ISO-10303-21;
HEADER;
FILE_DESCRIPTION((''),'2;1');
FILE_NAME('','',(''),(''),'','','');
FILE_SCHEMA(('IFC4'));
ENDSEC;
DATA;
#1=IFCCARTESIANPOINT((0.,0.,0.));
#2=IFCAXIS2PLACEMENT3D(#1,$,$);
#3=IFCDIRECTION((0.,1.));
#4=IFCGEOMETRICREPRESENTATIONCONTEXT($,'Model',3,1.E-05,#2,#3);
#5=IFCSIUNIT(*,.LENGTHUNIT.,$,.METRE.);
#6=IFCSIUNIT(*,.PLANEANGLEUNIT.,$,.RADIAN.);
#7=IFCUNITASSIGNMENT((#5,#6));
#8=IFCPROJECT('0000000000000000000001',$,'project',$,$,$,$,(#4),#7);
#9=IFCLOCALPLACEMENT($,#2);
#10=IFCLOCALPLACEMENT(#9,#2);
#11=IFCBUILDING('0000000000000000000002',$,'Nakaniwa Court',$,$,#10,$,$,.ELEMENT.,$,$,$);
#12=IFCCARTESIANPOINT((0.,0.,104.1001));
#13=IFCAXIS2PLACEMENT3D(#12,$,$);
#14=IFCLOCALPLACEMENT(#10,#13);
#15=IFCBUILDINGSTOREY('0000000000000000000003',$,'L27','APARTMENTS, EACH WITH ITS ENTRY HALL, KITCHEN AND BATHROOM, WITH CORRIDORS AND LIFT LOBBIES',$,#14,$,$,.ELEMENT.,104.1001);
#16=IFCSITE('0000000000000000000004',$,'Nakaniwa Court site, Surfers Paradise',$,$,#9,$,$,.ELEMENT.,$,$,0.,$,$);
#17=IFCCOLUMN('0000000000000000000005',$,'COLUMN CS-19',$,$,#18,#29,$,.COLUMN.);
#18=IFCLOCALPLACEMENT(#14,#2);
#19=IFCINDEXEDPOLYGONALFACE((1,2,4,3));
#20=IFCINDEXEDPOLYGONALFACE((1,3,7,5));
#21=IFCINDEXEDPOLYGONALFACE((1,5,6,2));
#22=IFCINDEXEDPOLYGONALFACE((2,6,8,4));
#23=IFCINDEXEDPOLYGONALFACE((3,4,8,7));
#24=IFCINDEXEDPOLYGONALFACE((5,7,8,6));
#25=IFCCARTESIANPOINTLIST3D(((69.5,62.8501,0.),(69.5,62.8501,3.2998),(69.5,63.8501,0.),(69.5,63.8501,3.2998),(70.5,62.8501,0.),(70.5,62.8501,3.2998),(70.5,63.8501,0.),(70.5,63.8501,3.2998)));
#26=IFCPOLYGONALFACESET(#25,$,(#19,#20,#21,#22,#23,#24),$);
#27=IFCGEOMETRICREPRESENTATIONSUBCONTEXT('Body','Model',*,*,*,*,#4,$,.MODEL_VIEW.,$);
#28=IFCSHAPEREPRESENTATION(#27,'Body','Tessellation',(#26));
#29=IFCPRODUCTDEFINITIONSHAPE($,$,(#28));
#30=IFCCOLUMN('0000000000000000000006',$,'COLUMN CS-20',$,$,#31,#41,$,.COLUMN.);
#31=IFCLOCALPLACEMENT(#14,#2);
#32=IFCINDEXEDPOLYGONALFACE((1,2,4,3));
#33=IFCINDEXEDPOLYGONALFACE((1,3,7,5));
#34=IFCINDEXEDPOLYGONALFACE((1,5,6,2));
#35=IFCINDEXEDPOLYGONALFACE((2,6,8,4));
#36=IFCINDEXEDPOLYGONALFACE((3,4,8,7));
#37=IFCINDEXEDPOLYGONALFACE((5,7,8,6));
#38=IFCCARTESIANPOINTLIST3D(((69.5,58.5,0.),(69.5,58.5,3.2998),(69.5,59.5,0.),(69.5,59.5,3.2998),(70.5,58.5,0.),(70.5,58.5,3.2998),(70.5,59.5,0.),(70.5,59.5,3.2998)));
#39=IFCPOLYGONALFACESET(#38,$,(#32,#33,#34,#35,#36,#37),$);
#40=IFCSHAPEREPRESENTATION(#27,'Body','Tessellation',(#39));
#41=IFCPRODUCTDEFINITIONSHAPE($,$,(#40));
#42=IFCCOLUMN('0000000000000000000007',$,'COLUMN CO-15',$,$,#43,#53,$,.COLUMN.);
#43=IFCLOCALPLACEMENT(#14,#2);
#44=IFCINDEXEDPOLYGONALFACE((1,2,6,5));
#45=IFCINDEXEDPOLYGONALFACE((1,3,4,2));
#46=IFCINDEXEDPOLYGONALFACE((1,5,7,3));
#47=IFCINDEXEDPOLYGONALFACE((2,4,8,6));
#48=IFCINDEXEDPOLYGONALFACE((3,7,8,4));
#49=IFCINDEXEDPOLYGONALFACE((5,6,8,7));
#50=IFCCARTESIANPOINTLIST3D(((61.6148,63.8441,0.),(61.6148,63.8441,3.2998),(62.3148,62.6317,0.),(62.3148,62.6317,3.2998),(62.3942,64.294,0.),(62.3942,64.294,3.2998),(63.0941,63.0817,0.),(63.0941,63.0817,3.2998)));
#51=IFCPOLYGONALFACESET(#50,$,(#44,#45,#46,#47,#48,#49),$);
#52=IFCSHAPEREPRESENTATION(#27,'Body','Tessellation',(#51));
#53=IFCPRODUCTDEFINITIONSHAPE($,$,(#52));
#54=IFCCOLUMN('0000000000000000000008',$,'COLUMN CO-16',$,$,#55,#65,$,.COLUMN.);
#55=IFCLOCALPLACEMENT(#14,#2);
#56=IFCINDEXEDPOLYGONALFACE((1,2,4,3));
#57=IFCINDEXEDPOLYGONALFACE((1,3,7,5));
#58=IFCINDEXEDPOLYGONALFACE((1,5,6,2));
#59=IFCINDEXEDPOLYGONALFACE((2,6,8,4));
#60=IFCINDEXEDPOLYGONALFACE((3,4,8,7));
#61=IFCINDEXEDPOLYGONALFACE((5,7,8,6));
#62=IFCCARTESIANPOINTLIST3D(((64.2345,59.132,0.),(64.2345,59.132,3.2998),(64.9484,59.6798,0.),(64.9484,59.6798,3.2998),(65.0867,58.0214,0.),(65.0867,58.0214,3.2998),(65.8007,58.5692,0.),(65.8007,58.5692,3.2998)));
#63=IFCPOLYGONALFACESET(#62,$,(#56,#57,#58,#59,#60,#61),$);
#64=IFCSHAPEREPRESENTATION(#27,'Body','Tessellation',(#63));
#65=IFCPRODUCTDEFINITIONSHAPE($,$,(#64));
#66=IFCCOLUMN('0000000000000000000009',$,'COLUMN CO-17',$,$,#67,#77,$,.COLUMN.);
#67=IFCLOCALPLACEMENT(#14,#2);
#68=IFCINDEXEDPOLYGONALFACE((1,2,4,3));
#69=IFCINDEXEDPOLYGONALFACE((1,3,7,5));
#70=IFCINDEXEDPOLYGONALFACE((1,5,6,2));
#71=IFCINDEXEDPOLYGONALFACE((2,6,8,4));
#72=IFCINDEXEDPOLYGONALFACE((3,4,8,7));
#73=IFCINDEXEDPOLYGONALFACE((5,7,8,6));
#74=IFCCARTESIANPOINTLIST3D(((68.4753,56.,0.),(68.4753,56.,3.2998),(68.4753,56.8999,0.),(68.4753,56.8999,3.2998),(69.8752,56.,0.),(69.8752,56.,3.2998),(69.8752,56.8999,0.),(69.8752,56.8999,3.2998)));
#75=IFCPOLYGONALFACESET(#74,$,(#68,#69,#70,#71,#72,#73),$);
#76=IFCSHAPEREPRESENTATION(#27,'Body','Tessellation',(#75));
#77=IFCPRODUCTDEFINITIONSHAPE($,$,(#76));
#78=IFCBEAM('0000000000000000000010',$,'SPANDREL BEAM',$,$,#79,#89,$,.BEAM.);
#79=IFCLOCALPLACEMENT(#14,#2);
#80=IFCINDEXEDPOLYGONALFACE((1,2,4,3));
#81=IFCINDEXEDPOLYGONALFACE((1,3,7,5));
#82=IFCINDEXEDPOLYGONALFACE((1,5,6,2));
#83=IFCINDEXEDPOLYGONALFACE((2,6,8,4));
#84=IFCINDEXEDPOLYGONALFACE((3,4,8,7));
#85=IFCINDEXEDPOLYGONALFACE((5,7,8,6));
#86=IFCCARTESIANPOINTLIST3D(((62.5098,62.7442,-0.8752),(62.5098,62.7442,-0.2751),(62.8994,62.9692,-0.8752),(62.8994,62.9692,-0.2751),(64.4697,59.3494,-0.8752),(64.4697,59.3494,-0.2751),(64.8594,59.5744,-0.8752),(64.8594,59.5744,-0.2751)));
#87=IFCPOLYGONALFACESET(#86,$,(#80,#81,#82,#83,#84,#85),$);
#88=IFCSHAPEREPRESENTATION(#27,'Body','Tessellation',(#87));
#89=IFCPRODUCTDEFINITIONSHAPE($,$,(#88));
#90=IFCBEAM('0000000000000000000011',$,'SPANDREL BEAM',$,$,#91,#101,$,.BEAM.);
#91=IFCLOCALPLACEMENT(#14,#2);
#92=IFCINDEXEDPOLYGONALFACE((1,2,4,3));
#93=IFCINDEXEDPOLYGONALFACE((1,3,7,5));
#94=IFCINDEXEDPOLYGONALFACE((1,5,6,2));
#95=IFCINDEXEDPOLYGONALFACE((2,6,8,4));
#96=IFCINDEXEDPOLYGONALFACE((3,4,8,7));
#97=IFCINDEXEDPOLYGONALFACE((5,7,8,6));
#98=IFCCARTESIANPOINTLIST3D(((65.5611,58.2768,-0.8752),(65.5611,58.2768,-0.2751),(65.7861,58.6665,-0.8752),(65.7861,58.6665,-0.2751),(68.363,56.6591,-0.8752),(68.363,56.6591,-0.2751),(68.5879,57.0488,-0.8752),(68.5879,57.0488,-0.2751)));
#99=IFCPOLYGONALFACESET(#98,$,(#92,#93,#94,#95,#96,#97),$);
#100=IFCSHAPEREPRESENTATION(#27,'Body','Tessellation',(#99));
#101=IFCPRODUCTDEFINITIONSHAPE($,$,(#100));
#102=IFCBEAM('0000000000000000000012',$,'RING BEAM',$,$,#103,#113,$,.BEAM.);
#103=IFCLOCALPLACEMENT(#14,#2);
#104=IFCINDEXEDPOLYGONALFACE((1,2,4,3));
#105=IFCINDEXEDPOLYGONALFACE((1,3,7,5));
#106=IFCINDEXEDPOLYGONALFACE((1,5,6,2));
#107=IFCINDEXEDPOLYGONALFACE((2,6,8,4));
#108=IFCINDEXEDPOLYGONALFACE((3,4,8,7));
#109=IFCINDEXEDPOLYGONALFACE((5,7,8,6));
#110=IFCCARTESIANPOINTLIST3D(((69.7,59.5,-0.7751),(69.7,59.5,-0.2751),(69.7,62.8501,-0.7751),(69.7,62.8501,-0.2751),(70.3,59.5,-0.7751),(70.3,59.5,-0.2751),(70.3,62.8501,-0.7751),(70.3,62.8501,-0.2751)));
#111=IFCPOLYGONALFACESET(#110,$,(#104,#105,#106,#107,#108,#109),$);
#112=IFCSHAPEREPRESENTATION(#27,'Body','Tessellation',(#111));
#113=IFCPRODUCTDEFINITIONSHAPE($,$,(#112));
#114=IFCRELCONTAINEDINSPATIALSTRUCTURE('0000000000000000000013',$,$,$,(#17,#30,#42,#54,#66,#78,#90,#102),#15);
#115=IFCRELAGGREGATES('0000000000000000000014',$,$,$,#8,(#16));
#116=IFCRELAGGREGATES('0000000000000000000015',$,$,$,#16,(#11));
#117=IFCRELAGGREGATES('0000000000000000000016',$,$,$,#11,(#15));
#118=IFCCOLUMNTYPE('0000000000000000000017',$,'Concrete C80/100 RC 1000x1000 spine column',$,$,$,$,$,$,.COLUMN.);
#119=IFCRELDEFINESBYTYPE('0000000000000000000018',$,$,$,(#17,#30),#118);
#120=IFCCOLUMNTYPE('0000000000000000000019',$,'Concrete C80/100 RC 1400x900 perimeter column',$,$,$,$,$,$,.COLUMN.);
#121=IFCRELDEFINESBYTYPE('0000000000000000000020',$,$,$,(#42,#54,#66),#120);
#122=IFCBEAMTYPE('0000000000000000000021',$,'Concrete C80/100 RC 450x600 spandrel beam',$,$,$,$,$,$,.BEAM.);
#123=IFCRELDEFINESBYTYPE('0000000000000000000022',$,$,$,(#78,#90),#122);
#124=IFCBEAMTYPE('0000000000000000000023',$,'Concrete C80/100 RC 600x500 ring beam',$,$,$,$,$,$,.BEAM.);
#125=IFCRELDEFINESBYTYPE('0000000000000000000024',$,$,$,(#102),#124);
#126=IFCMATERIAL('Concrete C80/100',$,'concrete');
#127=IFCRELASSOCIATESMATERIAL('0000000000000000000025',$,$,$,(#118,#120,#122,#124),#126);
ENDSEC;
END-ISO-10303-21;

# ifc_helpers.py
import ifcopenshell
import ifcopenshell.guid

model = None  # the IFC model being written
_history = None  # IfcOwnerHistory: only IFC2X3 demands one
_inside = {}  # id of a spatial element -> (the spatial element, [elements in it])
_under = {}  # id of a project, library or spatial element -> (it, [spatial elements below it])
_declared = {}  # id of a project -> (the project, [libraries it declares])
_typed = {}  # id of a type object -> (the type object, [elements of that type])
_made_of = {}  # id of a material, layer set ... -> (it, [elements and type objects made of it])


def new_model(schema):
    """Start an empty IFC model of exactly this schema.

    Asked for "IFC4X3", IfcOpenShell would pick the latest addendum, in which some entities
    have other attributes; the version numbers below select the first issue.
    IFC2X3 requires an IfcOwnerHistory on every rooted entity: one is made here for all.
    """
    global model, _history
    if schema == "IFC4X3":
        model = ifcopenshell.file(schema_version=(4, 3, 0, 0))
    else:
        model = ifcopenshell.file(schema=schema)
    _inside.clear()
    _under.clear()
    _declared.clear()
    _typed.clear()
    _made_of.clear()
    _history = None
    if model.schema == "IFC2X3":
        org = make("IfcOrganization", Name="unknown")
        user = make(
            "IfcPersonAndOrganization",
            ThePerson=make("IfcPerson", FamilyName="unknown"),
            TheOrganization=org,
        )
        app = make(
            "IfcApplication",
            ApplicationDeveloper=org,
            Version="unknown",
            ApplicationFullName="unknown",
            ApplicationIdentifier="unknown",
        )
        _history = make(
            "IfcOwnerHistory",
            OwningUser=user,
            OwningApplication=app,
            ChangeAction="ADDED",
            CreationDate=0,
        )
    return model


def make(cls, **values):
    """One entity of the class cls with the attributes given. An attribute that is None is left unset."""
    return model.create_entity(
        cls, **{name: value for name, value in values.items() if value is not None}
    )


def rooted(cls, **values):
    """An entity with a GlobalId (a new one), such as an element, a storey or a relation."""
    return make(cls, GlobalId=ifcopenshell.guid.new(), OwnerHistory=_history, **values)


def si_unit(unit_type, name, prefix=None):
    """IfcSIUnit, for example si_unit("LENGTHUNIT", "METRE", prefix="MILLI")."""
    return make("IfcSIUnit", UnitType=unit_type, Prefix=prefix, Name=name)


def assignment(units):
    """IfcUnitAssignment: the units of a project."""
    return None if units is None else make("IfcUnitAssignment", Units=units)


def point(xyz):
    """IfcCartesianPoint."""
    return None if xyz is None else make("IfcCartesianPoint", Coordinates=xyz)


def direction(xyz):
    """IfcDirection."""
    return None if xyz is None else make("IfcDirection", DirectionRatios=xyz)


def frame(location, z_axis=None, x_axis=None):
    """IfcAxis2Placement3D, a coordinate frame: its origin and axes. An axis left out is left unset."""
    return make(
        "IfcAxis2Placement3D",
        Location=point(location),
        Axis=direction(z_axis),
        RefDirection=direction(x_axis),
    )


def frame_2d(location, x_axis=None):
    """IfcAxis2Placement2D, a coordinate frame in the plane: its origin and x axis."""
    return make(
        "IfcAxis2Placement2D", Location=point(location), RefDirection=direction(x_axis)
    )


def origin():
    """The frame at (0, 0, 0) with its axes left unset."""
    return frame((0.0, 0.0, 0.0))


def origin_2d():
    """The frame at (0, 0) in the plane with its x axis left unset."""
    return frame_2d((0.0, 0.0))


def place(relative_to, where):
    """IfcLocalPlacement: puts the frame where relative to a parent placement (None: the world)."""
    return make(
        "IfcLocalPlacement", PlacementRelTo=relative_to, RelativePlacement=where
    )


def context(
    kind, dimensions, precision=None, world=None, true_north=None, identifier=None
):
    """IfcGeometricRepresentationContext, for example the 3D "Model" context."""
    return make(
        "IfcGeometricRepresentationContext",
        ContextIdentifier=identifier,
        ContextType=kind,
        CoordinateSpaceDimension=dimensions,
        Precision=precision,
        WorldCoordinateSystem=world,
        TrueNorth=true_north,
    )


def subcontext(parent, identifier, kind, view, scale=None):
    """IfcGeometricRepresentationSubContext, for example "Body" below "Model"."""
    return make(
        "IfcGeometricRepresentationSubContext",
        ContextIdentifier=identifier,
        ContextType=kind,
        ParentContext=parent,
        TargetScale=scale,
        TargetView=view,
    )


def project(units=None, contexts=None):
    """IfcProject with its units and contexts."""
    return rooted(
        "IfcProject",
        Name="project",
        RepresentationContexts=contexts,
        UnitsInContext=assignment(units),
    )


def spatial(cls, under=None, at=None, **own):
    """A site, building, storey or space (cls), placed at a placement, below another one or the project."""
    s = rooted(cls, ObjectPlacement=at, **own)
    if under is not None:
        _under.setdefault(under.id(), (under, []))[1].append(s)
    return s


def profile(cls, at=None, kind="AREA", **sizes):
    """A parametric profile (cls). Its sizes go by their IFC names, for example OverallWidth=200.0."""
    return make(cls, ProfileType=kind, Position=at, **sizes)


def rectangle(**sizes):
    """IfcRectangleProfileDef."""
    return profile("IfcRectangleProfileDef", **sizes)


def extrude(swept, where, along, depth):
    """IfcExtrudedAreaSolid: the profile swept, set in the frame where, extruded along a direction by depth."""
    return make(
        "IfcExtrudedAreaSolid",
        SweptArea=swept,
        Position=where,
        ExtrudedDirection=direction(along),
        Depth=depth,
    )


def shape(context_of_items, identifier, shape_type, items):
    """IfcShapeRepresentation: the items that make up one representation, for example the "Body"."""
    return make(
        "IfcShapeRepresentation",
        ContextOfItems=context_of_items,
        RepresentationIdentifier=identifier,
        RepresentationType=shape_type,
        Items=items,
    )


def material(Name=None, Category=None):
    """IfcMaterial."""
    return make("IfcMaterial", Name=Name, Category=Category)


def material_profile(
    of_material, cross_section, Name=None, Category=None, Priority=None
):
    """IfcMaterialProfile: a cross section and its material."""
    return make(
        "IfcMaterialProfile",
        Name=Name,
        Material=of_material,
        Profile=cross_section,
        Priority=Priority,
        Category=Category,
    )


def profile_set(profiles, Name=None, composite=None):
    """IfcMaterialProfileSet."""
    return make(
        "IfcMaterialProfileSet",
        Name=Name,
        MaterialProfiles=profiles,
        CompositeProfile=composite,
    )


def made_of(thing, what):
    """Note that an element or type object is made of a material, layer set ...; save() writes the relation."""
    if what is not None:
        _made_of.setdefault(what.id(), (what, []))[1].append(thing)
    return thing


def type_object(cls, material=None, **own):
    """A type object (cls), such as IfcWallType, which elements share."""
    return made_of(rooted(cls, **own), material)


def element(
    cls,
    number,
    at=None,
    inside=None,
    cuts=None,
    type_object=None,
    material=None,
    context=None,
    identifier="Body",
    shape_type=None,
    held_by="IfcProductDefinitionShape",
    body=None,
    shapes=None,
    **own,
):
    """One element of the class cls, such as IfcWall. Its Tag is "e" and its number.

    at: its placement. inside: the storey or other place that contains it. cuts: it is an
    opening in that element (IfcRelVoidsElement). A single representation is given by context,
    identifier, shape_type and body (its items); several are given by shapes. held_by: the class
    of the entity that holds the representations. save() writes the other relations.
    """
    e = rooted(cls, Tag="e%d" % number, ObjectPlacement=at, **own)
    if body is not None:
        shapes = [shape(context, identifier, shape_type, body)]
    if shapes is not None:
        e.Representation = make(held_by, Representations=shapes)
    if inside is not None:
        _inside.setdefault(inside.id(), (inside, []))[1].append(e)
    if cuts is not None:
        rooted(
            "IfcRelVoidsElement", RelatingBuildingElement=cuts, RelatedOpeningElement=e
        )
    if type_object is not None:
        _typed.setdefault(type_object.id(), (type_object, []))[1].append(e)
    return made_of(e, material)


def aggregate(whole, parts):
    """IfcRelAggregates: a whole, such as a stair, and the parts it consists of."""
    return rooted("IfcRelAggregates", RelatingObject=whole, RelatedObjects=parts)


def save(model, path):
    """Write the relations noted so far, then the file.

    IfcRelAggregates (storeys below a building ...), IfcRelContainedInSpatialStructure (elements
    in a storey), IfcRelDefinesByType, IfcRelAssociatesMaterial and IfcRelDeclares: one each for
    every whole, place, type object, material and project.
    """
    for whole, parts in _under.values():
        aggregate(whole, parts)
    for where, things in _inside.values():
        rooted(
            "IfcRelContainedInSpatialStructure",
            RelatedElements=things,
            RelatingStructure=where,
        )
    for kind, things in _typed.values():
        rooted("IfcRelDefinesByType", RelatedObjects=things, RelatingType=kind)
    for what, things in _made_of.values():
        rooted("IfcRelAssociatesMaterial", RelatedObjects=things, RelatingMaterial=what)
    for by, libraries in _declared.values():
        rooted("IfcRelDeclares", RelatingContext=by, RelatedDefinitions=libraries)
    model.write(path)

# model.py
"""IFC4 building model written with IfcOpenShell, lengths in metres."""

from ifc_helpers import new_model, si_unit, direction, frame, origin, origin_2d, place, context, subcontext, project, spatial, rectangle, extrude, material, material_profile, profile_set, type_object, element, save


model = new_model("IFC4")

# Units and contexts
model_context = context("Model", 3, precision=1e-05, world=origin(), true_north=direction((0.0, 1.0)))
body_context = subcontext(model_context, "Body", "Model", "MODEL_VIEW")
ifc_project = project(units=[si_unit("LENGTHUNIT", "METRE"), si_unit("PLANEANGLEUNIT", "RADIAN")], contexts=[model_context])

# Site, building, storey
site_placement = place(None, origin())
site = spatial("IfcSite", under=ifc_project, at=site_placement, Name="Nakaniwa Court site, Surfers Paradise", CompositionType="ELEMENT", RefElevation=0.0)
building_placement = place(site_placement, origin())
building = spatial("IfcBuilding", under=site, at=building_placement, Name="Nakaniwa Court", CompositionType="ELEMENT")
storey_placement = place(building_placement, frame((0.0, 0.0, 104.1001)))
storey = spatial("IfcBuildingStorey", under=building, at=storey_placement, Name="L27", Description="APARTMENTS, EACH WITH ITS ENTRY HALL, KITCHEN AND BATHROOM, WITH CORRIDORS AND LIFT LOBBIES", CompositionType="ELEMENT", Elevation=104.1001)

# Columns
ifc_material_1 = material(Name="Concrete C80/100", Category="concrete")
ifc_material_profile_1 = material_profile(ifc_material_1, rectangle(XDim=1.0, YDim=1.0, at=origin_2d()), Name="Concrete C80/100 RC 1000x1000 spine column")
ifc_profile_set_1 = profile_set([ifc_material_profile_1], Name="Concrete C80/100")
column_type_1 = type_object("IfcColumnType", Name="Concrete C80/100 RC 1000x1000 spine column", PredefinedType="COLUMN", material=ifc_profile_set_1)
for number, where, z_axis, x_axis, name in (
    (1, (70.0, 63.3501, 0.0), (0.0, 0.0, 1.0), (0.0, -1.0, 0.0), "COLUMN CS-19"),
    (2, (70.0, 59.0, 0.0), (0.0, 0.0, 1.0), (0.0, -1.0, 0.0), "COLUMN CS-20"),
):
    element("IfcColumn", number, at=place(storey_placement, frame(where, z_axis=z_axis, x_axis=x_axis)), inside=storey, type_object=column_type_1, Name=name, PredefinedType="COLUMN", context=body_context, shape_type="SweptSolid", body=[
        extrude(rectangle(XDim=1.0, YDim=1.0, at=origin_2d()), origin(), (0.0, 0.0, 1.0), 3.2998),
    ])
ifc_material_profile_2 = material_profile(ifc_material_1, rectangle(XDim=1.3999, YDim=0.8999, at=origin_2d()), Name="Concrete C80/100 RC 1400x900 perimeter column")
ifc_profile_set_2 = profile_set([ifc_material_profile_2], Name="Concrete C80/100")
column_type_2 = type_object("IfcColumnType", Name="Concrete C80/100 RC 1400x900 perimeter column", PredefinedType="COLUMN", material=ifc_profile_set_2)
for number, where, z_axis, x_axis, name in (
    (3, (62.3545, 63.4629, 0.0), (0.0, 0.0, 1.0), (0.5, -0.866025, 0.0), "COLUMN CO-15"),
    (4, (65.0176, 58.8506, 0.0), (0.0, 0.0, 1.0), (0.608761, -0.793353, 0.0), "COLUMN CO-16"),
    (5, (69.1753, 56.45, 0.0), (0.0, 0.0, 1.0), (1.0, 0.0, 0.0), "COLUMN CO-17"),
):
    element("IfcColumn", number, at=place(storey_placement, frame(where, z_axis=z_axis, x_axis=x_axis)), inside=storey, type_object=column_type_2, Name=name, PredefinedType="COLUMN", context=body_context, shape_type="SweptSolid", body=[
        extrude(rectangle(XDim=1.3999, YDim=0.8999, at=origin_2d()), origin(), (0.0, 0.0, 1.0), 3.2998),
    ])

# Beams
ifc_material_profile_3 = material_profile(ifc_material_1, rectangle(XDim=0.45, YDim=0.6001, at=origin_2d()), Name="Concrete C80/100 RC 450x600 spandrel beam")
ifc_profile_set_3 = profile_set([ifc_material_profile_3], Name="Concrete C80/100")
beam_type_1 = type_object("IfcBeamType", Name="Concrete C80/100 RC 450x600 spandrel beam", PredefinedType="BEAM", material=ifc_profile_set_3)
beam_1_placement = place(storey_placement, frame((62.7046, 62.8567, -0.5752), z_axis=(0.499997, -0.866027, 0.0), x_axis=(0.866027, 0.499997, 0.0)))
element("IfcBeam", 6, at=beam_1_placement, inside=storey, type_object=beam_type_1, Name="SPANDREL BEAM", PredefinedType="BEAM", context=body_context, shape_type="SweptSolid", body=[
    extrude(rectangle(XDim=0.45, YDim=0.6001, at=origin_2d()), origin(), (0.0, 0.0, 1.0), 3.9199),
])
beam_2_placement = place(storey_placement, frame((65.6736, 58.4717, -0.5752), z_axis=(0.866015, -0.500019, 0.0), x_axis=(0.500019, 0.866015, 0.0)))
element("IfcBeam", 7, at=beam_2_placement, inside=storey, type_object=beam_type_1, Name="SPANDREL BEAM", PredefinedType="BEAM", context=body_context, shape_type="SweptSolid", body=[
    extrude(rectangle(XDim=0.45, YDim=0.6001, at=origin_2d()), origin(), (0.0, 0.0, 1.0), 3.2354),
])
ifc_material_profile_4 = material_profile(ifc_material_1, rectangle(XDim=0.6001, YDim=0.5, at=origin_2d()), Name="Concrete C80/100 RC 600x500 ring beam")
ifc_profile_set_4 = profile_set([ifc_material_profile_4], Name="Concrete C80/100")
beam_type_2 = type_object("IfcBeamType", Name="Concrete C80/100 RC 600x500 ring beam", PredefinedType="BEAM", material=ifc_profile_set_4)
beam_3_placement = place(storey_placement, frame((70.0, 62.8501, -0.5251), z_axis=(0.0, -1.0, 0.0), x_axis=(1.0, 0.0, 0.0)))
element("IfcBeam", 8, at=beam_3_placement, inside=storey, type_object=beam_type_2, Name="RING BEAM", PredefinedType="BEAM", context=body_context, shape_type="SweptSolid", body=[
    extrude(rectangle(XDim=0.6001, YDim=0.5, at=origin_2d()), origin(), (0.0, 0.0, 1.0), 3.3501),
])

save(model, "model.ifc")
